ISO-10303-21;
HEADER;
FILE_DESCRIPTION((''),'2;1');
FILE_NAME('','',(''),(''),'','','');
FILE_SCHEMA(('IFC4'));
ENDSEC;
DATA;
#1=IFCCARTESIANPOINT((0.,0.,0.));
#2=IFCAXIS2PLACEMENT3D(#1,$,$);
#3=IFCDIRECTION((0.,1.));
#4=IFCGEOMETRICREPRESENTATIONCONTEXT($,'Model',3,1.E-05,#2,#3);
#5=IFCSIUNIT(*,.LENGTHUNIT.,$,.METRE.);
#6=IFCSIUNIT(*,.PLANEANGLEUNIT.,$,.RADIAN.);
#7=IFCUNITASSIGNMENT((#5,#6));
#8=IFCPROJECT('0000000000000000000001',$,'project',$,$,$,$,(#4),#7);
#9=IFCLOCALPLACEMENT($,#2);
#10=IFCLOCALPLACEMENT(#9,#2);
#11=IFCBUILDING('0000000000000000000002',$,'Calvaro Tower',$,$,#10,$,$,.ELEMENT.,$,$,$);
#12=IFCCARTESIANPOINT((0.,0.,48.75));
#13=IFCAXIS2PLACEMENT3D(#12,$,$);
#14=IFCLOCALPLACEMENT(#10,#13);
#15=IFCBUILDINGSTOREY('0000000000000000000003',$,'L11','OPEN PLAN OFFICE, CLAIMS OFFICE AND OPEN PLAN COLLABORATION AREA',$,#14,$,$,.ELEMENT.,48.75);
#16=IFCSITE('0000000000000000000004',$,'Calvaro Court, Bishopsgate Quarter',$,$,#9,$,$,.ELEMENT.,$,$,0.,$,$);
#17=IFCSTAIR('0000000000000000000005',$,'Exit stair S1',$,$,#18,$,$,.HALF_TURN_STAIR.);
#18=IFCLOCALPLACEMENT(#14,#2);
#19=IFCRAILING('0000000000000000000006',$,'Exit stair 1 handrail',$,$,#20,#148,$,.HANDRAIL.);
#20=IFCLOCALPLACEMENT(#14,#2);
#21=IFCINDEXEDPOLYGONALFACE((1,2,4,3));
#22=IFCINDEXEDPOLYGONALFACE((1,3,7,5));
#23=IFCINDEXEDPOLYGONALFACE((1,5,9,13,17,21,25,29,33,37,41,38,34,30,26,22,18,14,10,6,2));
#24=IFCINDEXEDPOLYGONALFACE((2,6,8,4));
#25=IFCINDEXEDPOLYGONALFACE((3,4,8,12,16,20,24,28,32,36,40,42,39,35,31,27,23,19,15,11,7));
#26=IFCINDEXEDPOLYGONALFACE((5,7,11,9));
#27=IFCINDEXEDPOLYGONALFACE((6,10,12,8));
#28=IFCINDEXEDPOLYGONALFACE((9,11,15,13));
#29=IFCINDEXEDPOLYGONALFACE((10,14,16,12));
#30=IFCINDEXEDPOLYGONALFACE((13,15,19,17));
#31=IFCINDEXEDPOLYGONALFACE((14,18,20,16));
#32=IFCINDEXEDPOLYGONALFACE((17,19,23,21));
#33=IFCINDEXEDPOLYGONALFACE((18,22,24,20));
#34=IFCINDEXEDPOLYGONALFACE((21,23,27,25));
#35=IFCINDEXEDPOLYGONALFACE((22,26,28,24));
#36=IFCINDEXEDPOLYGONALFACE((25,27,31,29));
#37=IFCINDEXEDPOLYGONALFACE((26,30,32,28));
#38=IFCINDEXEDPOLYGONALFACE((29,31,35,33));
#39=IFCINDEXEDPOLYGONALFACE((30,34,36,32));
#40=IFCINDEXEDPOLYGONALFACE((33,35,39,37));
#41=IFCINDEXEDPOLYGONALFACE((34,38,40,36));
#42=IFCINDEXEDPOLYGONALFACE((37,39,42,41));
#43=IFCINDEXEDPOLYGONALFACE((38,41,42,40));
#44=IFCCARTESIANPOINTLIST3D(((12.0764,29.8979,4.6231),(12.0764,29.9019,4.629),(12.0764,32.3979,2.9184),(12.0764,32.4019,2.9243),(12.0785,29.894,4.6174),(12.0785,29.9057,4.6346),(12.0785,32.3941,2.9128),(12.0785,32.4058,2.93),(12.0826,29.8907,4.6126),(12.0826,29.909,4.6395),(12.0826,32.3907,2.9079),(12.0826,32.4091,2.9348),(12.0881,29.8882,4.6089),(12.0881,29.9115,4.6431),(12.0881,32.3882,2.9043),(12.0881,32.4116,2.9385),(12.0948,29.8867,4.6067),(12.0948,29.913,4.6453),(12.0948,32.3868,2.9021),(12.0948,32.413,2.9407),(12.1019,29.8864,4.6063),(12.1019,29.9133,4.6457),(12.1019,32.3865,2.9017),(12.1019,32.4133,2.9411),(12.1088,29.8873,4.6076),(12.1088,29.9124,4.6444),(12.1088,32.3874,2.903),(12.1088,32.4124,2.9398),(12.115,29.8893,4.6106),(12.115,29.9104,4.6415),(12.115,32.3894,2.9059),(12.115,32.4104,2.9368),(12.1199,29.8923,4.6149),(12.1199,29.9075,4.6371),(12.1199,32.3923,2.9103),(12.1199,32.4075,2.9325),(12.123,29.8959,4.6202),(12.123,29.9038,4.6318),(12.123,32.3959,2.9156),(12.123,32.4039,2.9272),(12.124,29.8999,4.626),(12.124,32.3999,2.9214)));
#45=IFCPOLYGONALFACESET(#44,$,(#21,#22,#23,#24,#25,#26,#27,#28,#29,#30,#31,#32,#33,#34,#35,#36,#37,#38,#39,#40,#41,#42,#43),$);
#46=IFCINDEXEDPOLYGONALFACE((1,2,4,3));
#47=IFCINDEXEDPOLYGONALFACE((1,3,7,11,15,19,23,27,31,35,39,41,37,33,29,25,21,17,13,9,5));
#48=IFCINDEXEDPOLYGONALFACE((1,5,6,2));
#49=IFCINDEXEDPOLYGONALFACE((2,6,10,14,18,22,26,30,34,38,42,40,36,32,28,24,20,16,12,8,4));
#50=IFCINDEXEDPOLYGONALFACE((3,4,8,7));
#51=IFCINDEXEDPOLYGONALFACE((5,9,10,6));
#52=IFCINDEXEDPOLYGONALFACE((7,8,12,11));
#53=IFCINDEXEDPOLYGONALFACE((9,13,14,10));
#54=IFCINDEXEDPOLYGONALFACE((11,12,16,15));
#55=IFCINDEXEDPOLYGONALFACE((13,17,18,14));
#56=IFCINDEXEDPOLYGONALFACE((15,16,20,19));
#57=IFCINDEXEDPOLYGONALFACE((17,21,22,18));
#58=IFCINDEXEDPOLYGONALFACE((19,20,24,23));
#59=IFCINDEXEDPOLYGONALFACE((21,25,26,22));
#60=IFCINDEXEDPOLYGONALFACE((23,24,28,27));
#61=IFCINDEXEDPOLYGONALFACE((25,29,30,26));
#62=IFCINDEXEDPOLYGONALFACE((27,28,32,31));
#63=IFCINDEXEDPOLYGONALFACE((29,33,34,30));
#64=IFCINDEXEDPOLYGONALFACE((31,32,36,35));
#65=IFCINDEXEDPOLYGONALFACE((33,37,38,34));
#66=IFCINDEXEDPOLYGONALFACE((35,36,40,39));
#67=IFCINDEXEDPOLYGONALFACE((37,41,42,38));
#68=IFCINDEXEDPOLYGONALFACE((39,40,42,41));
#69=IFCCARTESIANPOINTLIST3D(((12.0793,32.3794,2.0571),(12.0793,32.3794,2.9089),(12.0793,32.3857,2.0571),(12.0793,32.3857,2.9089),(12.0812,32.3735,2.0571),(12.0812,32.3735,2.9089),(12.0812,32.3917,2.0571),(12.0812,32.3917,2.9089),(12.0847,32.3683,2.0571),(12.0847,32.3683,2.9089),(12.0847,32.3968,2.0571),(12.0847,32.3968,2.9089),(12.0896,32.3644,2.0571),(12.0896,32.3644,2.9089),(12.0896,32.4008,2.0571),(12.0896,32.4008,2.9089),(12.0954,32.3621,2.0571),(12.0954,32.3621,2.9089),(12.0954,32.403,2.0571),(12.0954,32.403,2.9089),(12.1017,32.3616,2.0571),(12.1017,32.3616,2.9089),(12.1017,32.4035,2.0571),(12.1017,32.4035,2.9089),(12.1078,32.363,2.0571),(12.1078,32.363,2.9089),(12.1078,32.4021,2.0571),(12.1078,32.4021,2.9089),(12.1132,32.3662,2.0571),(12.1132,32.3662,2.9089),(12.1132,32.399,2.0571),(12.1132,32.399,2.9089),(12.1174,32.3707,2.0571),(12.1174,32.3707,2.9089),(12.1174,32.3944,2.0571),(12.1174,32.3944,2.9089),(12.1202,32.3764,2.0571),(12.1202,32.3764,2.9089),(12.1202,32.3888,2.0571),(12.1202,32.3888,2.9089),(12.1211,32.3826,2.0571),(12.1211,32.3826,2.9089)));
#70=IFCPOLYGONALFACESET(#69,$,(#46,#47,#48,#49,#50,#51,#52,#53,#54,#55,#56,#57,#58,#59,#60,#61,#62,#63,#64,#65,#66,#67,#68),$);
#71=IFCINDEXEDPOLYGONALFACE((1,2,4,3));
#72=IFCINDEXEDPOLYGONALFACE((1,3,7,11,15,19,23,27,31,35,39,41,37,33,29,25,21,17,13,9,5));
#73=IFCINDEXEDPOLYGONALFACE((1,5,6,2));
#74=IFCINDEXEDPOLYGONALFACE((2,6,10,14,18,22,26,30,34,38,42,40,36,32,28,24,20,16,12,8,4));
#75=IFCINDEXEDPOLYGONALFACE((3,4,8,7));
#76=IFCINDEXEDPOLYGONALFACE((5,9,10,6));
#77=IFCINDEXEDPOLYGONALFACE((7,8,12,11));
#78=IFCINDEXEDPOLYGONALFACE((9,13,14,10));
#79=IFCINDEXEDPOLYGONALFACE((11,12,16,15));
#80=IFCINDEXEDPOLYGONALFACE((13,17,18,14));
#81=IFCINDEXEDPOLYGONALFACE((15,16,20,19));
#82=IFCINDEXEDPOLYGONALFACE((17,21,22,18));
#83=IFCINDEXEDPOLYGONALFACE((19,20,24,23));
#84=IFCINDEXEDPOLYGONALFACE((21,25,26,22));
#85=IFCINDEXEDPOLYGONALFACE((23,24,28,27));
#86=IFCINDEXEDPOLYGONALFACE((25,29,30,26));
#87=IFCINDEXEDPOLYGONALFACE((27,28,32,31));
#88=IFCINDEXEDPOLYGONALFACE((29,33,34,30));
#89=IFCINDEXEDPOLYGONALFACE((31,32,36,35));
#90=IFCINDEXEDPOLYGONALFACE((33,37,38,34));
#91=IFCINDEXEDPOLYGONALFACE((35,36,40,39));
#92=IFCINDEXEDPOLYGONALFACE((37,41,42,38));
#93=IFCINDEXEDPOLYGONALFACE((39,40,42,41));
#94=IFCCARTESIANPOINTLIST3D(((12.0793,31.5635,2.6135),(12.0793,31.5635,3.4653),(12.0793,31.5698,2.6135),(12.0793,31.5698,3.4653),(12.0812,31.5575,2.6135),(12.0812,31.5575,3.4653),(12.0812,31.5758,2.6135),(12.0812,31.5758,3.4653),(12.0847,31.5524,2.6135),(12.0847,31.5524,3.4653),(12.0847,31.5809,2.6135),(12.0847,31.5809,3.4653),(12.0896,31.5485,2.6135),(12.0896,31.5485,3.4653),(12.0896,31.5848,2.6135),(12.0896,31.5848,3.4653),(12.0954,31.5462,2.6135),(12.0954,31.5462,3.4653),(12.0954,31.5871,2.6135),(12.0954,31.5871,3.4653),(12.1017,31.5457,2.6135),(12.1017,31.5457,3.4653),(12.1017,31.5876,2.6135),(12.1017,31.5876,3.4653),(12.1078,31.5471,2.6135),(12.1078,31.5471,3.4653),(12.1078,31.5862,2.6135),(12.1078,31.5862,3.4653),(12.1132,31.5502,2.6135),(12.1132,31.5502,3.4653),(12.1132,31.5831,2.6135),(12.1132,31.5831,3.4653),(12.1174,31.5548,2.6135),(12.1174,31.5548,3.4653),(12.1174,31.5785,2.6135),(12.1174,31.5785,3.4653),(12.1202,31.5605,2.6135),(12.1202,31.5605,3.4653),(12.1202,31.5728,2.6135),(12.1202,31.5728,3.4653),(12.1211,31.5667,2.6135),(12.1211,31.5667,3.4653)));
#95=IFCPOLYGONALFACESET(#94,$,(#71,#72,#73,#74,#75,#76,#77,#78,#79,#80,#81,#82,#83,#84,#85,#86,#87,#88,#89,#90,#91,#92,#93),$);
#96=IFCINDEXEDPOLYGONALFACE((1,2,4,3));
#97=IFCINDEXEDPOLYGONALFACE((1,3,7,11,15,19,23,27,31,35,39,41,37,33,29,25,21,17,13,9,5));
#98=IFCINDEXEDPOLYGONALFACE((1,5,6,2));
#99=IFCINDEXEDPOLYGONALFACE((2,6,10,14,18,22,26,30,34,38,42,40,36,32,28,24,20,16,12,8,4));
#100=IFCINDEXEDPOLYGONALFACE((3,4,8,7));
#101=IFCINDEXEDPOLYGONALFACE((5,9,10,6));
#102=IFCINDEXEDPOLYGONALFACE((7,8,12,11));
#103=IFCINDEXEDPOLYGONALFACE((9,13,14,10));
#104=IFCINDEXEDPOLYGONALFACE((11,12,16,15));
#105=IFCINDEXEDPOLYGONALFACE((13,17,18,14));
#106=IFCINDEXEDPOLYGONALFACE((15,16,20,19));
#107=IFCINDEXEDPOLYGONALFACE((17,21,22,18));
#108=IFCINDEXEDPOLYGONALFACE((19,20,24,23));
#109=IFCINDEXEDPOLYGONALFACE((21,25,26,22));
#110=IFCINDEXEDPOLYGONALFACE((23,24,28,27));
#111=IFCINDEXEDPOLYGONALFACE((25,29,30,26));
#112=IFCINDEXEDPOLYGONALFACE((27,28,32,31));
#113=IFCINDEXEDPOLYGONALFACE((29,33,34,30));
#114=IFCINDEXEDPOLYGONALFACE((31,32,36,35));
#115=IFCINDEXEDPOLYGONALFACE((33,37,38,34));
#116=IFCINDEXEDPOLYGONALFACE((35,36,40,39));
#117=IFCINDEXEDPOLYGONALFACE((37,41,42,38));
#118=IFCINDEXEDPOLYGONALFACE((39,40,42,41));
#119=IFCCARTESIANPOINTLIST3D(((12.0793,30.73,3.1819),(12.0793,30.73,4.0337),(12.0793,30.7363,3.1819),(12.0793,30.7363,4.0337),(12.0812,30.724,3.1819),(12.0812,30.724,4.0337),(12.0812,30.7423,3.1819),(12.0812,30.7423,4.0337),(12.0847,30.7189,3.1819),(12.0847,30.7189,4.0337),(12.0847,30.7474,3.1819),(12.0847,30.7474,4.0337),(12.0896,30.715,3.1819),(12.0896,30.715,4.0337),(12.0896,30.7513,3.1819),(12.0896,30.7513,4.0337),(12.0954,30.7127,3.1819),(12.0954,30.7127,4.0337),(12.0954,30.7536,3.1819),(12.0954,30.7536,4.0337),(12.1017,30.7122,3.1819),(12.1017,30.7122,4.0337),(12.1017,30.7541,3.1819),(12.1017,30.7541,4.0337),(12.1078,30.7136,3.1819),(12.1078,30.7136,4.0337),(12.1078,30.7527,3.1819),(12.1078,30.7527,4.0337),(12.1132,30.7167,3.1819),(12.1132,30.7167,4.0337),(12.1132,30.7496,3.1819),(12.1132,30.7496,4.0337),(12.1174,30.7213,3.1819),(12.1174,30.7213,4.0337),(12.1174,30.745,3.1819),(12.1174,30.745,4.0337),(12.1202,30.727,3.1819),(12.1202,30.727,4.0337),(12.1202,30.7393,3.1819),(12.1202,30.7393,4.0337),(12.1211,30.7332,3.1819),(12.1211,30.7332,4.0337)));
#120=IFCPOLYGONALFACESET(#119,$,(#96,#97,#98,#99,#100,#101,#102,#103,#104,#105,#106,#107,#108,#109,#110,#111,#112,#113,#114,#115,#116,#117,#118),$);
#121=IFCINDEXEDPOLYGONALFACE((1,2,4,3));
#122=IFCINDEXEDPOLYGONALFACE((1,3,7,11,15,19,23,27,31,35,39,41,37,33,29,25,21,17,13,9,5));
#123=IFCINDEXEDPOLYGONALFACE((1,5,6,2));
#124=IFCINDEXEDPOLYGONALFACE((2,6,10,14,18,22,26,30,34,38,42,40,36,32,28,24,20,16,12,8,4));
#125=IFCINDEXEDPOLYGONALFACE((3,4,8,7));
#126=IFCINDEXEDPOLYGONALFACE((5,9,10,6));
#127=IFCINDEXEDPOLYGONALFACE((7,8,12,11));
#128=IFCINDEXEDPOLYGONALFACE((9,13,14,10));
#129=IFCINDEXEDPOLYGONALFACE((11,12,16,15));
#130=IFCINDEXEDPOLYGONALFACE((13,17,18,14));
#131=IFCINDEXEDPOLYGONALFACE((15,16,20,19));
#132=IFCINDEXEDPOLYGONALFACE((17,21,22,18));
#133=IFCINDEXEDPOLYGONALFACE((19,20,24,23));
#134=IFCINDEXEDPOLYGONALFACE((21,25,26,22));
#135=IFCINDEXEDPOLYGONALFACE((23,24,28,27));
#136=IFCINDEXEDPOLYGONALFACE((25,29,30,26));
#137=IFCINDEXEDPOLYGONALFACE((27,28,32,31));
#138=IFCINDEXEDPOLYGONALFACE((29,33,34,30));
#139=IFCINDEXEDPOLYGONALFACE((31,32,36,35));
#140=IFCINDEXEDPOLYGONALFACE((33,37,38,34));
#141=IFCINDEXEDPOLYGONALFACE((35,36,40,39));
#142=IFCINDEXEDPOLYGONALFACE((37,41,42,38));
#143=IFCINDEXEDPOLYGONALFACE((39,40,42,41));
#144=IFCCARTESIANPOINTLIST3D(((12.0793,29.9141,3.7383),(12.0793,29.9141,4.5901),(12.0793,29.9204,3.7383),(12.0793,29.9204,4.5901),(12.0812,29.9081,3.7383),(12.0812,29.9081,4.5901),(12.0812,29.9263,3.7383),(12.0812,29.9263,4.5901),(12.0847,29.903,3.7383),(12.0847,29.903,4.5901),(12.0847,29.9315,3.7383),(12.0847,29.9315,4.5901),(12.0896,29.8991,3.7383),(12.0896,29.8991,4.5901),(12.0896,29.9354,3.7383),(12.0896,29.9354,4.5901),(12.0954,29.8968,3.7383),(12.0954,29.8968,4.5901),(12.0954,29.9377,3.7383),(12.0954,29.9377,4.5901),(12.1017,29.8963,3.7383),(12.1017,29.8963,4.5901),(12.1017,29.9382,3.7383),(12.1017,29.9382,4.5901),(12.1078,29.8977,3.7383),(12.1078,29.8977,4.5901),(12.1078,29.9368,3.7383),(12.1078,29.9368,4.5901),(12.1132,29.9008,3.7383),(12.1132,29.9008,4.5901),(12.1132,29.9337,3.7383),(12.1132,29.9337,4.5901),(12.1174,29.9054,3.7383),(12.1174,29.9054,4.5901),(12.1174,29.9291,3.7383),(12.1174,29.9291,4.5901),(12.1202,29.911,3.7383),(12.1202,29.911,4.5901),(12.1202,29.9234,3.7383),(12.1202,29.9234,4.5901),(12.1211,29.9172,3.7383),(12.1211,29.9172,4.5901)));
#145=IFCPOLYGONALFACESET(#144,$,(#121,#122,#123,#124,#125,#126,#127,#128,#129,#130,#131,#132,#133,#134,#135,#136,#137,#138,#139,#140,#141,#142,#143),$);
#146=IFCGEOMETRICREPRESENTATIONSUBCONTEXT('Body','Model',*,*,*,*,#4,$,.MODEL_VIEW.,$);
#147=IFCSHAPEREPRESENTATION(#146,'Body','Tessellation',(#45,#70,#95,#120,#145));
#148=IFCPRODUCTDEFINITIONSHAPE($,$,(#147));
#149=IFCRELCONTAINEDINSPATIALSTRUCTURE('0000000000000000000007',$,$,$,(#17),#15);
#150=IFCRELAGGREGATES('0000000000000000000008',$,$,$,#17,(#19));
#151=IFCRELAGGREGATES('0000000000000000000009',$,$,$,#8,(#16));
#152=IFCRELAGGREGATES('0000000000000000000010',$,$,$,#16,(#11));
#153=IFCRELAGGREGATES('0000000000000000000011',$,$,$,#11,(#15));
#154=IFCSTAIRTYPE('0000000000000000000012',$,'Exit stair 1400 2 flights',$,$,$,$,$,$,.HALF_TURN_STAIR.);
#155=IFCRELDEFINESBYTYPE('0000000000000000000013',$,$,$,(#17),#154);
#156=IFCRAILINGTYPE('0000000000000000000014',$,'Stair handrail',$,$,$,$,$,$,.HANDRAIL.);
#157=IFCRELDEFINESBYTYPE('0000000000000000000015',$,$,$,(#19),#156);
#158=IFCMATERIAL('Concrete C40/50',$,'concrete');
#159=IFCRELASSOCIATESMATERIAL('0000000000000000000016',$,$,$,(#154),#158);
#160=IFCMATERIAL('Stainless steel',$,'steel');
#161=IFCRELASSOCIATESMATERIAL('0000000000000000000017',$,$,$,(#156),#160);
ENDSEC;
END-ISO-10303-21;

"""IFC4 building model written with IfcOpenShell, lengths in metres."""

from ifc_helpers import new_model, si_unit, direction, frame, origin, origin_2d, place, context, subcontext, project, spatial, circle, extrude, material, type_object, element, aggregate, save


model = new_model("IFC4")

# Units and contexts
model_context = context("Model", 3, precision=1e-05, world=origin(), true_north=direction((0.0, 1.0)))
body_context = subcontext(model_context, "Body", "Model", "MODEL_VIEW")
ifc_project = project(units=[si_unit("LENGTHUNIT", "METRE"), si_unit("PLANEANGLEUNIT", "RADIAN")], contexts=[model_context])

# Site, building, storey
site_placement = place(None, origin())
site = spatial("IfcSite", under=ifc_project, at=site_placement, Name="Calvaro Court, Bishopsgate Quarter", CompositionType="ELEMENT", RefElevation=0.0)
building_placement = place(site_placement, origin())
building = spatial("IfcBuilding", under=site, at=building_placement, Name="Calvaro Tower", CompositionType="ELEMENT")
storey_placement = place(building_placement, frame((0.0, 0.0, 48.75)))
storey = spatial("IfcBuildingStorey", under=building, at=storey_placement, Name="L11", Description="OPEN PLAN OFFICE, CLAIMS OFFICE AND OPEN PLAN COLLABORATION AREA", CompositionType="ELEMENT", Elevation=48.75)

# Stair, railing
ifc_material_1 = material(Name="Concrete C40/50", Category="concrete")
stair_type = type_object("IfcStairType", Name="Exit stair 1400 2 flights", PredefinedType="HALF_TURN_STAIR", material=ifc_material_1)
stair_placement = place(storey_placement, origin())
stair = element("IfcStair", 1, at=stair_placement, inside=storey, type_object=stair_type, Name="Exit stair S1", PredefinedType="HALF_TURN_STAIR")
ifc_material_2 = material(Name="Stainless steel", Category="steel")
railing_type = type_object("IfcRailingType", Name="Stair handrail", PredefinedType="HANDRAIL", material=ifc_material_2)
railing_1_placement = place(storey_placement, frame((12.1001, 32.3999, 2.0454)))
railing_1 = element("IfcRailing", 2, at=railing_1_placement, type_object=railing_type, Name="Exit stair 1 handrail", PredefinedType="HANDRAIL", context=body_context, shape_type="SweptSolid", body=[
    extrude(circle(Radius=0.0239, at=origin_2d()), frame((0.0, 0.0, 0.876), z_axis=(0.0, -0.826221, 0.563347), x_axis=(1.0, 0.0, 0.0)), (0.0, 0.0, 1.0), 3.0259),
    extrude(circle(Radius=0.021, at=origin_2d()), frame((0.0, -0.0173, 0.0117)), (0.0, 0.0, 1.0), 0.8518),
    extrude(circle(Radius=0.021, at=origin_2d()), frame((0.0, -0.8333, 0.5681)), (0.0, 0.0, 1.0), 0.8518),
    extrude(circle(Radius=0.021, at=origin_2d()), frame((0.0, -1.6667, 1.1365)), (0.0, 0.0, 1.0), 0.8518),
    extrude(circle(Radius=0.021, at=origin_2d()), frame((0.0, -2.4827, 1.6929)), (0.0, 0.0, 1.0), 0.8518),
])
aggregate(stair, [railing_1])

save(model, "model.ifc")
